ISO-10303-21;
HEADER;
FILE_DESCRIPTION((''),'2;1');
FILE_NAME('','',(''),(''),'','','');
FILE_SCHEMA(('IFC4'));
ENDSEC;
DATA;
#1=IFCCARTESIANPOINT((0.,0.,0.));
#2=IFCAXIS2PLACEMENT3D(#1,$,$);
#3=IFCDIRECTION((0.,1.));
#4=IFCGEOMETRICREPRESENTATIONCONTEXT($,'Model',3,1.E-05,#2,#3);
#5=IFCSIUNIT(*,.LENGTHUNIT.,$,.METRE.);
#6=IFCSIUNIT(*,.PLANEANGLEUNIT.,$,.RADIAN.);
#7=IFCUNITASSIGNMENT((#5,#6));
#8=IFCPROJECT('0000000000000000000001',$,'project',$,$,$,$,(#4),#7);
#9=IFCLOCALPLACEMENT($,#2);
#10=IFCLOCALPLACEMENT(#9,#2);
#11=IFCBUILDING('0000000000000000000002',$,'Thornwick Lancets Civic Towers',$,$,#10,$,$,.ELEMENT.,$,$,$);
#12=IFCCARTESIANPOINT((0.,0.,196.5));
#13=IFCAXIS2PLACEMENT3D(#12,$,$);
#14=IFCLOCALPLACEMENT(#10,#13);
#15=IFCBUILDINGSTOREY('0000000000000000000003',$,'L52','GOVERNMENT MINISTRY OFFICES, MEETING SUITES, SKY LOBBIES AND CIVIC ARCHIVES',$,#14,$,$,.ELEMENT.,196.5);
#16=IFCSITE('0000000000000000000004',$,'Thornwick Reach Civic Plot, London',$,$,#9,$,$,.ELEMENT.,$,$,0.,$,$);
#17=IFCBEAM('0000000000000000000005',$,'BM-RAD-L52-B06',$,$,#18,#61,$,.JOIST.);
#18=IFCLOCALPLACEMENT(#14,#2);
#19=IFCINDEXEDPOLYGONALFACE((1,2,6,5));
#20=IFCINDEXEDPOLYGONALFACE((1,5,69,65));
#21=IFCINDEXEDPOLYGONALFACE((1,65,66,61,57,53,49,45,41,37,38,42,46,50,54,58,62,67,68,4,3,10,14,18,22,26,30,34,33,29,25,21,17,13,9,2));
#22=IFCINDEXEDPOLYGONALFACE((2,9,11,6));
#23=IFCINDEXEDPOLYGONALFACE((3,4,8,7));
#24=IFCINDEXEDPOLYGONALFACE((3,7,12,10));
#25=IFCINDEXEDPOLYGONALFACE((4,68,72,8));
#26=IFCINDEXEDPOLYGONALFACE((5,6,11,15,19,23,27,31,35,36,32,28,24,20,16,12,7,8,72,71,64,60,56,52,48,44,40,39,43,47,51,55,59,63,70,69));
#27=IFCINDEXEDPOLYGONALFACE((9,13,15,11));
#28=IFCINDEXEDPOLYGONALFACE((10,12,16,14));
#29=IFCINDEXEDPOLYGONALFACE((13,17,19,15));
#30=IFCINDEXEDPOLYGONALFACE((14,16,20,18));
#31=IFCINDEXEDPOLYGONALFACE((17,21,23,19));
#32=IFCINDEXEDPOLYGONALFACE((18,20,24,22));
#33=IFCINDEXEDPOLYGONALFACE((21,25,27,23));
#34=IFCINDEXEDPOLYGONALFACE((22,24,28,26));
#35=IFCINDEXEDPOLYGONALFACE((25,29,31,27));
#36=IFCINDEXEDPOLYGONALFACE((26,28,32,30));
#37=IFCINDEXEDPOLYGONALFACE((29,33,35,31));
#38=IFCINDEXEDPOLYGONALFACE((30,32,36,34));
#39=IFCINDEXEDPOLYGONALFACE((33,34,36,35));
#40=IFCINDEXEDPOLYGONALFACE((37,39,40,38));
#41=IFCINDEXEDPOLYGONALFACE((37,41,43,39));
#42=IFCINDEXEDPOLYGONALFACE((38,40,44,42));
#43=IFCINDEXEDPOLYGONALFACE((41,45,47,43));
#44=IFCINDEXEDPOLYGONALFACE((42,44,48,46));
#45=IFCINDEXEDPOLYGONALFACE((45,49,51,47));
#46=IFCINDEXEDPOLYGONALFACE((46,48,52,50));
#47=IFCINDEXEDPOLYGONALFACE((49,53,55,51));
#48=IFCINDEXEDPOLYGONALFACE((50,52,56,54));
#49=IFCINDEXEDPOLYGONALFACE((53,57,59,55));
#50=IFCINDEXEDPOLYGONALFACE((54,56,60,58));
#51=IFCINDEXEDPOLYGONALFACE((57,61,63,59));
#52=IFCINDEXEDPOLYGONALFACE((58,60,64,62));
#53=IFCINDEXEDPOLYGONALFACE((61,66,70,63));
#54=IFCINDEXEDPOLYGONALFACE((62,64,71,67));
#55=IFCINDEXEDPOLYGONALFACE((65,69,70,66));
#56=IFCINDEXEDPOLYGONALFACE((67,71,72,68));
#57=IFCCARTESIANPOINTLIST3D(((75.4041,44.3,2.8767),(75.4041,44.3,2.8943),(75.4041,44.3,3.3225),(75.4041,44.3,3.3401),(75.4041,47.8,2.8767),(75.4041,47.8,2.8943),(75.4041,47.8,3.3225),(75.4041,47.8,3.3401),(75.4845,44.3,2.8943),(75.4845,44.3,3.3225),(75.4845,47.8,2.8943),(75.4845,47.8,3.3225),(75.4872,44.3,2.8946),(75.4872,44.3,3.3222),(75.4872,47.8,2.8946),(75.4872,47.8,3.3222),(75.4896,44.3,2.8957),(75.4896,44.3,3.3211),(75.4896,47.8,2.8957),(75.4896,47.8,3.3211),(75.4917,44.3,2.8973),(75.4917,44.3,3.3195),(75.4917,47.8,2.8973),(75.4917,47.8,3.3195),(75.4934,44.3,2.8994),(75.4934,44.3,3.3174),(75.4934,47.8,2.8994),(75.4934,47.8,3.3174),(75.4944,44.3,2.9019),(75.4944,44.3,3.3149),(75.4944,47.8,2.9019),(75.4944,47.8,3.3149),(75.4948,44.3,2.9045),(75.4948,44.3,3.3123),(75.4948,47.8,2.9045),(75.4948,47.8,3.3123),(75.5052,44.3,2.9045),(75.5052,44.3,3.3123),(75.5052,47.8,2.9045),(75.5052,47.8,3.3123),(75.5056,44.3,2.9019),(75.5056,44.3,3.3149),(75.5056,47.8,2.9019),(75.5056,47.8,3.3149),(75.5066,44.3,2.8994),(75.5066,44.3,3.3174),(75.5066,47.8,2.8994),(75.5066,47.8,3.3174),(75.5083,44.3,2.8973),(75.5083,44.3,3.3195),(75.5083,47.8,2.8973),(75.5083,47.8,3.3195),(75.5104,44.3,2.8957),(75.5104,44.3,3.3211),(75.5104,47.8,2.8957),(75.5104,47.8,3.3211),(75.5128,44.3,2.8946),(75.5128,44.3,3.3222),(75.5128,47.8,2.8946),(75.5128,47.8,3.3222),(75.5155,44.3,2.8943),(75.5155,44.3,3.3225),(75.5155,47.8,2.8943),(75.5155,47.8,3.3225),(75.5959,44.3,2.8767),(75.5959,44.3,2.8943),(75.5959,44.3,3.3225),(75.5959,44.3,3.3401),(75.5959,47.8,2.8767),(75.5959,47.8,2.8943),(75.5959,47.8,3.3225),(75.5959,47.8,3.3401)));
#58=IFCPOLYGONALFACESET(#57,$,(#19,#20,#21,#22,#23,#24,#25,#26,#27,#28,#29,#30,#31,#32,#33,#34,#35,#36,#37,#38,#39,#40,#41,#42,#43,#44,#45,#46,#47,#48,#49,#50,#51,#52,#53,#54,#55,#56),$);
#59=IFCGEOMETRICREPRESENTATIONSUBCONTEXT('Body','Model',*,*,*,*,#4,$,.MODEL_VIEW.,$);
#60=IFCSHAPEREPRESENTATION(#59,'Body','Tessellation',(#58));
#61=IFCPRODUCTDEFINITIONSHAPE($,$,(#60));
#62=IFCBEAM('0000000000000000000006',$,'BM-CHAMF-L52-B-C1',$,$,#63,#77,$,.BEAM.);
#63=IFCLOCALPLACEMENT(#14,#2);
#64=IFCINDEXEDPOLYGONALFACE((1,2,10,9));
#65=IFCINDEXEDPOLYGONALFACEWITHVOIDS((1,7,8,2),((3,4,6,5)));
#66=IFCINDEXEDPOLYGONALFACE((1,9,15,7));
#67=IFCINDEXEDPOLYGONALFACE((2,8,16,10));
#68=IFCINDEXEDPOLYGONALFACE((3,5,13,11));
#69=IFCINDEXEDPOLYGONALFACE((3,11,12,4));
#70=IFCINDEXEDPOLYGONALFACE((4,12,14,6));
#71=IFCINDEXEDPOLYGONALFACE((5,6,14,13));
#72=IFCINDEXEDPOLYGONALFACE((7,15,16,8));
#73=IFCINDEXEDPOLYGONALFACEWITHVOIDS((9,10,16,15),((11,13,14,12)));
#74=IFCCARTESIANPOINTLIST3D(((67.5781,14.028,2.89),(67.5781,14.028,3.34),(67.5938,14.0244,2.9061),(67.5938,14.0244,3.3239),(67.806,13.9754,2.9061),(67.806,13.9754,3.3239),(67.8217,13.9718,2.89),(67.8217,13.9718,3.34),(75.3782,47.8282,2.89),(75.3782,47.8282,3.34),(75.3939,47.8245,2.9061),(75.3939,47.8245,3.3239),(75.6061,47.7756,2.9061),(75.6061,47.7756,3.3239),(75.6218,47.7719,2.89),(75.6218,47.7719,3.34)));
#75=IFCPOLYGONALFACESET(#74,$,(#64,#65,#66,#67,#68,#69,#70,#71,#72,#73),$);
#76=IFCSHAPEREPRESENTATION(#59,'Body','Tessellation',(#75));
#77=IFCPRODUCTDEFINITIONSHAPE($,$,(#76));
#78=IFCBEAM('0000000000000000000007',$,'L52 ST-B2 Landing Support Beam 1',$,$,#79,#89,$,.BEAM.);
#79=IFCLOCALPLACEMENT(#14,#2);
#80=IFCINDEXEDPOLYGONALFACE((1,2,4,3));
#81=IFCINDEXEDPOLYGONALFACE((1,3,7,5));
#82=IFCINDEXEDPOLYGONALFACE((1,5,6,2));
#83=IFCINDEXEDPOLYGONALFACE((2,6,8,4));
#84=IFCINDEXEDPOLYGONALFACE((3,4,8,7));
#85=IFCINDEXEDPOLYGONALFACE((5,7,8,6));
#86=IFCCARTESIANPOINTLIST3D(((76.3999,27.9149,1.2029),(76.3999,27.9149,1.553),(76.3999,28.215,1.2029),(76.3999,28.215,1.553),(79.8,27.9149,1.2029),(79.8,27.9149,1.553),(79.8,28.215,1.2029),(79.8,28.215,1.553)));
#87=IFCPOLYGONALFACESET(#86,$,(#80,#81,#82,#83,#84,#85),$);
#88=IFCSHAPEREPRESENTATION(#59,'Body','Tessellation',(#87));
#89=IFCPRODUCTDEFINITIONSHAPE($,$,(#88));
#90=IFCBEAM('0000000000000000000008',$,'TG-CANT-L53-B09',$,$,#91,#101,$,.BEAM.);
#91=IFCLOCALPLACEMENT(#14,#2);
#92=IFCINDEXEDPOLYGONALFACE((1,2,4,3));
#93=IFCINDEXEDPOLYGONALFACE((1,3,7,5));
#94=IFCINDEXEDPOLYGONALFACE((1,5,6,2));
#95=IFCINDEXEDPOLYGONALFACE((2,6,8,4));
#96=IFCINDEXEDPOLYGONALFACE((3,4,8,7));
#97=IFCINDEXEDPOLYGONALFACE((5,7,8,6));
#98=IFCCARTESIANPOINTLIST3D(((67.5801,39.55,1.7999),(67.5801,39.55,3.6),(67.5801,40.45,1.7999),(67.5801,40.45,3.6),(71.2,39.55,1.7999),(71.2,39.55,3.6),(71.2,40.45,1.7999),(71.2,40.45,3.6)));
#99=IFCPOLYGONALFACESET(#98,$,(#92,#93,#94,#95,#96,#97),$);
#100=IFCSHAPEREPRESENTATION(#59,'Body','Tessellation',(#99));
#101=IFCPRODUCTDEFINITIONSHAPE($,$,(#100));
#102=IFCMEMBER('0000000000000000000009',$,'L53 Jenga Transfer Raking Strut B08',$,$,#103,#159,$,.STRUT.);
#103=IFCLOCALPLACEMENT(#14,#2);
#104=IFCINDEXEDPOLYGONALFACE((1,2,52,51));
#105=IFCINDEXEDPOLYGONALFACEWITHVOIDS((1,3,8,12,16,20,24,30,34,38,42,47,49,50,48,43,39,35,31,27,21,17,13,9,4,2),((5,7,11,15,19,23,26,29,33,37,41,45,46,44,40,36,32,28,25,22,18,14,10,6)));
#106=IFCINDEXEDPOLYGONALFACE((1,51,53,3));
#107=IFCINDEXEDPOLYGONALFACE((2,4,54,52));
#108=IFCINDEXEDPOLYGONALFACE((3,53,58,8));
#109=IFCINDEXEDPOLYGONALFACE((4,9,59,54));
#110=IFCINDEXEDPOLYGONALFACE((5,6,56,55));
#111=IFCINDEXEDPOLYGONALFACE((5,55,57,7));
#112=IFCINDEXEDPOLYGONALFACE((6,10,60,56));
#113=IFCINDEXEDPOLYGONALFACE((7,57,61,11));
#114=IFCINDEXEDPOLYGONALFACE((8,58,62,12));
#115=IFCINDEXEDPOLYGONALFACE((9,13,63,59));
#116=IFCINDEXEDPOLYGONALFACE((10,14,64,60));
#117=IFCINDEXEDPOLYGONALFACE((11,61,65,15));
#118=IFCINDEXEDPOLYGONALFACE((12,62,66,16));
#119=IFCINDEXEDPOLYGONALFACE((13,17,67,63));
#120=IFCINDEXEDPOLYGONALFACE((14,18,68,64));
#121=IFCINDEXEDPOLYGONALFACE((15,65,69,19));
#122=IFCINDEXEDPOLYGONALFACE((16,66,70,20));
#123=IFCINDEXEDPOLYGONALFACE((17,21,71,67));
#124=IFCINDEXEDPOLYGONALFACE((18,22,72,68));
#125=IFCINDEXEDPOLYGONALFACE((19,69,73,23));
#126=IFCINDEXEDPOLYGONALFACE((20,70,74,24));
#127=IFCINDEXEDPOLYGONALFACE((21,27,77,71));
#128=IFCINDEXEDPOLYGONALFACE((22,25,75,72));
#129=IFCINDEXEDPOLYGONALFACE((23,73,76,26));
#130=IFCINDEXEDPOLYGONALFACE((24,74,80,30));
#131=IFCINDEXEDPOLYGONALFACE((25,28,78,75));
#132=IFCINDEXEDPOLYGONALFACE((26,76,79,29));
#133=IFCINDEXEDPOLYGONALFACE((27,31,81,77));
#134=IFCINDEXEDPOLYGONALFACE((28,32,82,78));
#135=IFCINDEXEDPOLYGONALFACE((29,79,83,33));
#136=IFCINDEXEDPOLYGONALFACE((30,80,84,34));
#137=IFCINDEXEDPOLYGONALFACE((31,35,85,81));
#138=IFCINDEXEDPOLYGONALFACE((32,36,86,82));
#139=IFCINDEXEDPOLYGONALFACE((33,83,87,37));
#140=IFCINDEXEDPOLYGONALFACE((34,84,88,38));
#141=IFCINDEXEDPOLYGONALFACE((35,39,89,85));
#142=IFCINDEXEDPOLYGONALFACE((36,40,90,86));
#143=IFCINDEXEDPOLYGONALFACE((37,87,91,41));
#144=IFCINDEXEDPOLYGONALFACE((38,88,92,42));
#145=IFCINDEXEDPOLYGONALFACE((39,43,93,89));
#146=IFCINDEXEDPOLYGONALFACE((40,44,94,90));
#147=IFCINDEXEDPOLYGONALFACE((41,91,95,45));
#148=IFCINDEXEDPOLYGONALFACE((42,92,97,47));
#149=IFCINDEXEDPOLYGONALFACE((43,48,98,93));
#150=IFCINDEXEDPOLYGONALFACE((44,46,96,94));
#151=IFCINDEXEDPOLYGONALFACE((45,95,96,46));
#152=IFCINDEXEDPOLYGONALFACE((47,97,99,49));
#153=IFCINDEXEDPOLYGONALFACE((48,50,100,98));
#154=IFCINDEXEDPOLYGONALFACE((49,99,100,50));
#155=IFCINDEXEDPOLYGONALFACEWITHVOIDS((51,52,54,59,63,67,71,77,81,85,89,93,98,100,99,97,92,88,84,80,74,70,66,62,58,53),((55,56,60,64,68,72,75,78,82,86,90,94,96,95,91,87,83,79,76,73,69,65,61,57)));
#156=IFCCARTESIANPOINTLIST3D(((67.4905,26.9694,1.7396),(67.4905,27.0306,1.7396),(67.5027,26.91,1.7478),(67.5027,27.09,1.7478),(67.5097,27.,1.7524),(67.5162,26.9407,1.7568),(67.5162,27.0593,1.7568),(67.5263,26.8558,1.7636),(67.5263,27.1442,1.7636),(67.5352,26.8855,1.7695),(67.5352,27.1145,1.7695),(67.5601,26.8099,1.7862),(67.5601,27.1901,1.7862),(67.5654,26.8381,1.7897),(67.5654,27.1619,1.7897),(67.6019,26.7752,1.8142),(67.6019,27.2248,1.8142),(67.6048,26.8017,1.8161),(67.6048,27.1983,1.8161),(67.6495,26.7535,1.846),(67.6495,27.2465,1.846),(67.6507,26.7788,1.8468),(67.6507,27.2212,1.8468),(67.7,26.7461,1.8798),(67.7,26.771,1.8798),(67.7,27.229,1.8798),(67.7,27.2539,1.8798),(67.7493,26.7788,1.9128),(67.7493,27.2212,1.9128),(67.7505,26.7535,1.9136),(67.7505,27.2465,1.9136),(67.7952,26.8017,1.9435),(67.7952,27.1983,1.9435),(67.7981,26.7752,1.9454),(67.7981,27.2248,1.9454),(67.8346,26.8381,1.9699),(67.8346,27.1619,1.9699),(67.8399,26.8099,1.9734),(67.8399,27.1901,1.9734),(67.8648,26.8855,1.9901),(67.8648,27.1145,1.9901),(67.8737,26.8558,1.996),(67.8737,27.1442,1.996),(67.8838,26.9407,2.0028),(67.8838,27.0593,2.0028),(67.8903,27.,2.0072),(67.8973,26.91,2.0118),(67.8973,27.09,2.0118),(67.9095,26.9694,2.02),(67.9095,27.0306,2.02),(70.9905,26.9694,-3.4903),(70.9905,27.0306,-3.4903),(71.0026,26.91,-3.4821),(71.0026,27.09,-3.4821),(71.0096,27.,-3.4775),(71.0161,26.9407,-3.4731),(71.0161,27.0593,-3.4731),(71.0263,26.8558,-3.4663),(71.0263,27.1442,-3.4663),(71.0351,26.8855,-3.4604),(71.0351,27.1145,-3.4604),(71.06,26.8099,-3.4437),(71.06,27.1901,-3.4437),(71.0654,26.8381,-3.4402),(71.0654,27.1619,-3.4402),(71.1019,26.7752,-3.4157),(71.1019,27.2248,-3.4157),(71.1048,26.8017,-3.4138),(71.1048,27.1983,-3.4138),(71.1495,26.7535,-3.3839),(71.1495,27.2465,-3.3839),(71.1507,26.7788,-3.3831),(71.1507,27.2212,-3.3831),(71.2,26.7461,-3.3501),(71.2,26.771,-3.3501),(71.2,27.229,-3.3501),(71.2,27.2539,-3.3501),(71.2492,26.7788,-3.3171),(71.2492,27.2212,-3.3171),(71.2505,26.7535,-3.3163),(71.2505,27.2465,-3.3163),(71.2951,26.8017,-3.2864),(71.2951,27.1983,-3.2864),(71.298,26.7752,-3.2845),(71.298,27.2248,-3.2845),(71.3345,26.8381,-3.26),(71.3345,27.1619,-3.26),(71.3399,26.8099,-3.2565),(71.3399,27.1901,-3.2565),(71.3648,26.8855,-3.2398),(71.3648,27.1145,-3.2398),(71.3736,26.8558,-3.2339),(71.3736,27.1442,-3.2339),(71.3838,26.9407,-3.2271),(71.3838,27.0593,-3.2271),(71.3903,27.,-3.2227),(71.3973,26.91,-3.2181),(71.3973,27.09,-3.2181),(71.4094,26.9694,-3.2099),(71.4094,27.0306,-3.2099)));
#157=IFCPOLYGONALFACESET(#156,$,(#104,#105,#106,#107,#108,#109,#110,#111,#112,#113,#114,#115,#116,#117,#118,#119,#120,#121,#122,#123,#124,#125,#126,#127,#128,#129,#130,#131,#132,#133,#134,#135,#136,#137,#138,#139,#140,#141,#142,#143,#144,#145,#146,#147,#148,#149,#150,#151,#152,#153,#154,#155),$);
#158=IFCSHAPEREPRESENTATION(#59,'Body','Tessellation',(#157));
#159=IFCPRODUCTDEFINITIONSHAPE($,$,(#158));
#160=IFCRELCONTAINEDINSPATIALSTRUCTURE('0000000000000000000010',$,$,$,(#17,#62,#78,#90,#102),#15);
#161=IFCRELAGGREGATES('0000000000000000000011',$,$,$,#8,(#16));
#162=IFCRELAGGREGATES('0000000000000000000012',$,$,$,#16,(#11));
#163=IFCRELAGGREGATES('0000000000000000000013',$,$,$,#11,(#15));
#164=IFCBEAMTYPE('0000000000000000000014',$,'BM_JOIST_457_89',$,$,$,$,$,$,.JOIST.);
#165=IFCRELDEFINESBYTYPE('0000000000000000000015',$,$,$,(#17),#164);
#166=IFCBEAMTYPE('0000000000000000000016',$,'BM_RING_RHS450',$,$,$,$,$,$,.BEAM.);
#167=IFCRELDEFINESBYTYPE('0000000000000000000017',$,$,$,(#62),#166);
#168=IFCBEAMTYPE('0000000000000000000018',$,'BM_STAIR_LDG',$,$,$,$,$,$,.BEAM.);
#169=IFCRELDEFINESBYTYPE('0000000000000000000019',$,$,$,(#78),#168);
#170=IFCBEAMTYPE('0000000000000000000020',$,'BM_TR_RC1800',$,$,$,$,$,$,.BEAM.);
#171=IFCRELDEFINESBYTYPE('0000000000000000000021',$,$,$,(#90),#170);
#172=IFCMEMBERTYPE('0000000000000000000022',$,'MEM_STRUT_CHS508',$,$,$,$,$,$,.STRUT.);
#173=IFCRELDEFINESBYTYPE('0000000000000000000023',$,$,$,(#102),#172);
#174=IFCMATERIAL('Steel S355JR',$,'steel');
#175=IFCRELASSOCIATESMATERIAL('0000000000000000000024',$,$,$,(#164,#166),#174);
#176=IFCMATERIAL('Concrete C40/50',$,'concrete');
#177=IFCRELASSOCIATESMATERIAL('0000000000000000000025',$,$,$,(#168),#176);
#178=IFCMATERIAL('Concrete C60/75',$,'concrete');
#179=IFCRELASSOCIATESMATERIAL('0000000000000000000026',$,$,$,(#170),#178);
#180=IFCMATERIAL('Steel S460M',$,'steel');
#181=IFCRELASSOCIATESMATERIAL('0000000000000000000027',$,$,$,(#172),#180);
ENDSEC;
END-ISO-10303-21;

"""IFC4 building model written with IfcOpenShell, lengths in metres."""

from ifc_helpers import new_model, si_unit, direction, frame, origin, origin_2d, place, context, subcontext, project, spatial, rectangle, hollow_rectangle, hollow_circle, i_section, extrude, material, material_profile, profile_set, type_object, element, save


model = new_model("IFC4")

# Units and contexts
model_context = context("Model", 3, precision=1e-05, world=origin(), true_north=direction((0.0, 1.0)))
body_context = subcontext(model_context, "Body", "Model", "MODEL_VIEW")
ifc_project = project(units=[si_unit("LENGTHUNIT", "METRE"), si_unit("PLANEANGLEUNIT", "RADIAN")], contexts=[model_context])

# Site, building, storey
site_placement = place(None, origin())
site = spatial("IfcSite", under=ifc_project, at=site_placement, Name="Thornwick Reach Civic Plot, London", CompositionType="ELEMENT", RefElevation=0.0)
building_placement = place(site_placement, origin())
building = spatial("IfcBuilding", under=site, at=building_placement, Name="Thornwick Lancets Civic Towers", CompositionType="ELEMENT")
storey_placement = place(building_placement, frame((0.0, 0.0, 196.5)))
storey = spatial("IfcBuildingStorey", under=building, at=storey_placement, Name="L52", Description="GOVERNMENT MINISTRY OFFICES, MEETING SUITES, SKY LOBBIES AND CIVIC ARCHIVES", CompositionType="ELEMENT", Elevation=196.5)

# Shared definitions
ifc_material_1 = material(Name="Steel S460M", Category="steel")

# Beams
ifc_material_2 = material(Name="Concrete C60/75", Category="concrete")
ifc_material_3 = material(Name="Steel S355JR", Category="steel")
ifc_material_profile_1 = material_profile(ifc_material_3, i_section(OverallWidth=0.1919, OverallDepth=0.4634, WebThickness=0.0105, FlangeThickness=0.0176, FilletRadius=0.0103, at=origin_2d()), Name="UKB 457x191x89")
ifc_profile_set_1 = profile_set([ifc_material_profile_1], Name="Steel S355JR")
beam_type_1 = type_object("IfcBeamType", Name="BM_JOIST_457_89", PredefinedType="JOIST", material=ifc_profile_set_1)
beam_1_placement = place(storey_placement, frame((75.5, 44.3, 3.1084), z_axis=(0.0, 1.0, 0.0), x_axis=(-1.0, 0.0, 0.0)))
element("IfcBeam", 1, at=beam_1_placement, inside=storey, type_object=beam_type_1, Name="BM-RAD-L52-B06", PredefinedType="JOIST", context=body_context, shape_type="SweptSolid", body=[
    extrude(i_section(OverallWidth=0.1919, OverallDepth=0.4634, WebThickness=0.0105, FlangeThickness=0.0176, FilletRadius=0.0103, at=origin_2d()), origin(), (0.0, 0.0, 1.0), 3.5),
])
ifc_material_profile_2 = material_profile(ifc_material_3, hollow_rectangle(XDim=0.25, YDim=0.45, WallThickness=0.0161, at=origin_2d()), Name="RHS 450x250x16")
ifc_profile_set_2 = profile_set([ifc_material_profile_2], Name="Steel S355JR")
beam_type_2 = type_object("IfcBeamType", Name="BM_RING_RHS450", PredefinedType="BEAM", material=ifc_profile_set_2)
beam_2_placement = place(storey_placement, frame((75.5, 47.8, 3.115), z_axis=(-0.224861, -0.974391, 0.0), x_axis=(0.974391, -0.224861, 0.0)))
element("IfcBeam", 2, at=beam_2_placement, inside=storey, type_object=beam_type_2, Name="BM-CHAMF-L52-B-C1", PredefinedType="BEAM", context=body_context, shape_type="SweptSolid", body=[
    extrude(hollow_rectangle(XDim=0.25, YDim=0.45, WallThickness=0.0161, at=origin_2d()), origin(), (0.0, 0.0, 1.0), 34.6885),
])
ifc_material_4 = material(Name="Concrete C40/50", Category="concrete")
ifc_material_profile_3 = material_profile(ifc_material_4, rectangle(XDim=0.3, YDim=0.3501, at=origin_2d()), Name="RC 300x350")
ifc_profile_set_3 = profile_set([ifc_material_profile_3], Name="Concrete C40/50")
beam_type_3 = type_object("IfcBeamType", Name="BM_STAIR_LDG", PredefinedType="BEAM", material=ifc_profile_set_3)
beam_3_placement = place(storey_placement, frame((76.3999, 28.0649, 1.3779), z_axis=(1.0, 0.0, 0.0), x_axis=(0.0, 1.0, 0.0)))
element("IfcBeam", 3, at=beam_3_placement, inside=storey, type_object=beam_type_3, Name="L52 ST-B2 Landing Support Beam 1", PredefinedType="BEAM", context=body_context, shape_type="SweptSolid", body=[
    extrude(rectangle(XDim=0.3, YDim=0.3501, at=origin_2d()), origin(), (0.0, 0.0, 1.0), 3.4001),
])
ifc_material_profile_4 = material_profile(ifc_material_2, rectangle(XDim=0.8999, YDim=1.8, at=origin_2d()), Name="RC 900x1800")
ifc_profile_set_4 = profile_set([ifc_material_profile_4], Name="Concrete C60/75")
beam_type_4 = type_object("IfcBeamType", Name="BM_TR_RC1800", PredefinedType="BEAM", material=ifc_profile_set_4)
beam_4_placement = place(storey_placement, frame((71.2, 40.0, 2.7), z_axis=(-1.0, 0.0, 0.0), x_axis=(0.0, -1.0, 0.0)))
element("IfcBeam", 4, at=beam_4_placement, inside=storey, type_object=beam_type_4, Name="TG-CANT-L53-B09", PredefinedType="BEAM", context=body_context, shape_type="SweptSolid", body=[
    extrude(rectangle(XDim=0.8999, YDim=1.8, at=origin_2d()), origin(), (0.0, 0.0, 1.0), 3.6199),
])

# Member
ifc_material_profile_5 = material_profile(ifc_material_1, hollow_circle(Radius=0.2539, WallThickness=0.0249, at=origin_2d()), Name="CHS 508x25")
ifc_profile_set_5 = profile_set([ifc_material_profile_5], Name="Steel S460M")
member_type = type_object("IfcMemberType", Name="MEM_STRUT_CHS508", PredefinedType="STRUT", material=ifc_profile_set_5)
for number, where, z_axis, x_axis, name in (
    (5, (71.2, 27.0, -3.3501), (-0.556168, 0.0, 0.83107), (0.0, -1.0, 0.0), "L53 Jenga Transfer Raking Strut B08"),
):
    element("IfcMember", number, at=place(storey_placement, frame(where, z_axis=z_axis, x_axis=x_axis)), inside=storey, type_object=member_type, Name=name, PredefinedType="STRUT", context=body_context, shape_type="SweptSolid", body=[
        extrude(hollow_circle(Radius=0.2539, WallThickness=0.0249, at=origin_2d()), origin(), (0.0, 0.0, 1.0), 6.293),
    ])

save(model, "model.ifc")
